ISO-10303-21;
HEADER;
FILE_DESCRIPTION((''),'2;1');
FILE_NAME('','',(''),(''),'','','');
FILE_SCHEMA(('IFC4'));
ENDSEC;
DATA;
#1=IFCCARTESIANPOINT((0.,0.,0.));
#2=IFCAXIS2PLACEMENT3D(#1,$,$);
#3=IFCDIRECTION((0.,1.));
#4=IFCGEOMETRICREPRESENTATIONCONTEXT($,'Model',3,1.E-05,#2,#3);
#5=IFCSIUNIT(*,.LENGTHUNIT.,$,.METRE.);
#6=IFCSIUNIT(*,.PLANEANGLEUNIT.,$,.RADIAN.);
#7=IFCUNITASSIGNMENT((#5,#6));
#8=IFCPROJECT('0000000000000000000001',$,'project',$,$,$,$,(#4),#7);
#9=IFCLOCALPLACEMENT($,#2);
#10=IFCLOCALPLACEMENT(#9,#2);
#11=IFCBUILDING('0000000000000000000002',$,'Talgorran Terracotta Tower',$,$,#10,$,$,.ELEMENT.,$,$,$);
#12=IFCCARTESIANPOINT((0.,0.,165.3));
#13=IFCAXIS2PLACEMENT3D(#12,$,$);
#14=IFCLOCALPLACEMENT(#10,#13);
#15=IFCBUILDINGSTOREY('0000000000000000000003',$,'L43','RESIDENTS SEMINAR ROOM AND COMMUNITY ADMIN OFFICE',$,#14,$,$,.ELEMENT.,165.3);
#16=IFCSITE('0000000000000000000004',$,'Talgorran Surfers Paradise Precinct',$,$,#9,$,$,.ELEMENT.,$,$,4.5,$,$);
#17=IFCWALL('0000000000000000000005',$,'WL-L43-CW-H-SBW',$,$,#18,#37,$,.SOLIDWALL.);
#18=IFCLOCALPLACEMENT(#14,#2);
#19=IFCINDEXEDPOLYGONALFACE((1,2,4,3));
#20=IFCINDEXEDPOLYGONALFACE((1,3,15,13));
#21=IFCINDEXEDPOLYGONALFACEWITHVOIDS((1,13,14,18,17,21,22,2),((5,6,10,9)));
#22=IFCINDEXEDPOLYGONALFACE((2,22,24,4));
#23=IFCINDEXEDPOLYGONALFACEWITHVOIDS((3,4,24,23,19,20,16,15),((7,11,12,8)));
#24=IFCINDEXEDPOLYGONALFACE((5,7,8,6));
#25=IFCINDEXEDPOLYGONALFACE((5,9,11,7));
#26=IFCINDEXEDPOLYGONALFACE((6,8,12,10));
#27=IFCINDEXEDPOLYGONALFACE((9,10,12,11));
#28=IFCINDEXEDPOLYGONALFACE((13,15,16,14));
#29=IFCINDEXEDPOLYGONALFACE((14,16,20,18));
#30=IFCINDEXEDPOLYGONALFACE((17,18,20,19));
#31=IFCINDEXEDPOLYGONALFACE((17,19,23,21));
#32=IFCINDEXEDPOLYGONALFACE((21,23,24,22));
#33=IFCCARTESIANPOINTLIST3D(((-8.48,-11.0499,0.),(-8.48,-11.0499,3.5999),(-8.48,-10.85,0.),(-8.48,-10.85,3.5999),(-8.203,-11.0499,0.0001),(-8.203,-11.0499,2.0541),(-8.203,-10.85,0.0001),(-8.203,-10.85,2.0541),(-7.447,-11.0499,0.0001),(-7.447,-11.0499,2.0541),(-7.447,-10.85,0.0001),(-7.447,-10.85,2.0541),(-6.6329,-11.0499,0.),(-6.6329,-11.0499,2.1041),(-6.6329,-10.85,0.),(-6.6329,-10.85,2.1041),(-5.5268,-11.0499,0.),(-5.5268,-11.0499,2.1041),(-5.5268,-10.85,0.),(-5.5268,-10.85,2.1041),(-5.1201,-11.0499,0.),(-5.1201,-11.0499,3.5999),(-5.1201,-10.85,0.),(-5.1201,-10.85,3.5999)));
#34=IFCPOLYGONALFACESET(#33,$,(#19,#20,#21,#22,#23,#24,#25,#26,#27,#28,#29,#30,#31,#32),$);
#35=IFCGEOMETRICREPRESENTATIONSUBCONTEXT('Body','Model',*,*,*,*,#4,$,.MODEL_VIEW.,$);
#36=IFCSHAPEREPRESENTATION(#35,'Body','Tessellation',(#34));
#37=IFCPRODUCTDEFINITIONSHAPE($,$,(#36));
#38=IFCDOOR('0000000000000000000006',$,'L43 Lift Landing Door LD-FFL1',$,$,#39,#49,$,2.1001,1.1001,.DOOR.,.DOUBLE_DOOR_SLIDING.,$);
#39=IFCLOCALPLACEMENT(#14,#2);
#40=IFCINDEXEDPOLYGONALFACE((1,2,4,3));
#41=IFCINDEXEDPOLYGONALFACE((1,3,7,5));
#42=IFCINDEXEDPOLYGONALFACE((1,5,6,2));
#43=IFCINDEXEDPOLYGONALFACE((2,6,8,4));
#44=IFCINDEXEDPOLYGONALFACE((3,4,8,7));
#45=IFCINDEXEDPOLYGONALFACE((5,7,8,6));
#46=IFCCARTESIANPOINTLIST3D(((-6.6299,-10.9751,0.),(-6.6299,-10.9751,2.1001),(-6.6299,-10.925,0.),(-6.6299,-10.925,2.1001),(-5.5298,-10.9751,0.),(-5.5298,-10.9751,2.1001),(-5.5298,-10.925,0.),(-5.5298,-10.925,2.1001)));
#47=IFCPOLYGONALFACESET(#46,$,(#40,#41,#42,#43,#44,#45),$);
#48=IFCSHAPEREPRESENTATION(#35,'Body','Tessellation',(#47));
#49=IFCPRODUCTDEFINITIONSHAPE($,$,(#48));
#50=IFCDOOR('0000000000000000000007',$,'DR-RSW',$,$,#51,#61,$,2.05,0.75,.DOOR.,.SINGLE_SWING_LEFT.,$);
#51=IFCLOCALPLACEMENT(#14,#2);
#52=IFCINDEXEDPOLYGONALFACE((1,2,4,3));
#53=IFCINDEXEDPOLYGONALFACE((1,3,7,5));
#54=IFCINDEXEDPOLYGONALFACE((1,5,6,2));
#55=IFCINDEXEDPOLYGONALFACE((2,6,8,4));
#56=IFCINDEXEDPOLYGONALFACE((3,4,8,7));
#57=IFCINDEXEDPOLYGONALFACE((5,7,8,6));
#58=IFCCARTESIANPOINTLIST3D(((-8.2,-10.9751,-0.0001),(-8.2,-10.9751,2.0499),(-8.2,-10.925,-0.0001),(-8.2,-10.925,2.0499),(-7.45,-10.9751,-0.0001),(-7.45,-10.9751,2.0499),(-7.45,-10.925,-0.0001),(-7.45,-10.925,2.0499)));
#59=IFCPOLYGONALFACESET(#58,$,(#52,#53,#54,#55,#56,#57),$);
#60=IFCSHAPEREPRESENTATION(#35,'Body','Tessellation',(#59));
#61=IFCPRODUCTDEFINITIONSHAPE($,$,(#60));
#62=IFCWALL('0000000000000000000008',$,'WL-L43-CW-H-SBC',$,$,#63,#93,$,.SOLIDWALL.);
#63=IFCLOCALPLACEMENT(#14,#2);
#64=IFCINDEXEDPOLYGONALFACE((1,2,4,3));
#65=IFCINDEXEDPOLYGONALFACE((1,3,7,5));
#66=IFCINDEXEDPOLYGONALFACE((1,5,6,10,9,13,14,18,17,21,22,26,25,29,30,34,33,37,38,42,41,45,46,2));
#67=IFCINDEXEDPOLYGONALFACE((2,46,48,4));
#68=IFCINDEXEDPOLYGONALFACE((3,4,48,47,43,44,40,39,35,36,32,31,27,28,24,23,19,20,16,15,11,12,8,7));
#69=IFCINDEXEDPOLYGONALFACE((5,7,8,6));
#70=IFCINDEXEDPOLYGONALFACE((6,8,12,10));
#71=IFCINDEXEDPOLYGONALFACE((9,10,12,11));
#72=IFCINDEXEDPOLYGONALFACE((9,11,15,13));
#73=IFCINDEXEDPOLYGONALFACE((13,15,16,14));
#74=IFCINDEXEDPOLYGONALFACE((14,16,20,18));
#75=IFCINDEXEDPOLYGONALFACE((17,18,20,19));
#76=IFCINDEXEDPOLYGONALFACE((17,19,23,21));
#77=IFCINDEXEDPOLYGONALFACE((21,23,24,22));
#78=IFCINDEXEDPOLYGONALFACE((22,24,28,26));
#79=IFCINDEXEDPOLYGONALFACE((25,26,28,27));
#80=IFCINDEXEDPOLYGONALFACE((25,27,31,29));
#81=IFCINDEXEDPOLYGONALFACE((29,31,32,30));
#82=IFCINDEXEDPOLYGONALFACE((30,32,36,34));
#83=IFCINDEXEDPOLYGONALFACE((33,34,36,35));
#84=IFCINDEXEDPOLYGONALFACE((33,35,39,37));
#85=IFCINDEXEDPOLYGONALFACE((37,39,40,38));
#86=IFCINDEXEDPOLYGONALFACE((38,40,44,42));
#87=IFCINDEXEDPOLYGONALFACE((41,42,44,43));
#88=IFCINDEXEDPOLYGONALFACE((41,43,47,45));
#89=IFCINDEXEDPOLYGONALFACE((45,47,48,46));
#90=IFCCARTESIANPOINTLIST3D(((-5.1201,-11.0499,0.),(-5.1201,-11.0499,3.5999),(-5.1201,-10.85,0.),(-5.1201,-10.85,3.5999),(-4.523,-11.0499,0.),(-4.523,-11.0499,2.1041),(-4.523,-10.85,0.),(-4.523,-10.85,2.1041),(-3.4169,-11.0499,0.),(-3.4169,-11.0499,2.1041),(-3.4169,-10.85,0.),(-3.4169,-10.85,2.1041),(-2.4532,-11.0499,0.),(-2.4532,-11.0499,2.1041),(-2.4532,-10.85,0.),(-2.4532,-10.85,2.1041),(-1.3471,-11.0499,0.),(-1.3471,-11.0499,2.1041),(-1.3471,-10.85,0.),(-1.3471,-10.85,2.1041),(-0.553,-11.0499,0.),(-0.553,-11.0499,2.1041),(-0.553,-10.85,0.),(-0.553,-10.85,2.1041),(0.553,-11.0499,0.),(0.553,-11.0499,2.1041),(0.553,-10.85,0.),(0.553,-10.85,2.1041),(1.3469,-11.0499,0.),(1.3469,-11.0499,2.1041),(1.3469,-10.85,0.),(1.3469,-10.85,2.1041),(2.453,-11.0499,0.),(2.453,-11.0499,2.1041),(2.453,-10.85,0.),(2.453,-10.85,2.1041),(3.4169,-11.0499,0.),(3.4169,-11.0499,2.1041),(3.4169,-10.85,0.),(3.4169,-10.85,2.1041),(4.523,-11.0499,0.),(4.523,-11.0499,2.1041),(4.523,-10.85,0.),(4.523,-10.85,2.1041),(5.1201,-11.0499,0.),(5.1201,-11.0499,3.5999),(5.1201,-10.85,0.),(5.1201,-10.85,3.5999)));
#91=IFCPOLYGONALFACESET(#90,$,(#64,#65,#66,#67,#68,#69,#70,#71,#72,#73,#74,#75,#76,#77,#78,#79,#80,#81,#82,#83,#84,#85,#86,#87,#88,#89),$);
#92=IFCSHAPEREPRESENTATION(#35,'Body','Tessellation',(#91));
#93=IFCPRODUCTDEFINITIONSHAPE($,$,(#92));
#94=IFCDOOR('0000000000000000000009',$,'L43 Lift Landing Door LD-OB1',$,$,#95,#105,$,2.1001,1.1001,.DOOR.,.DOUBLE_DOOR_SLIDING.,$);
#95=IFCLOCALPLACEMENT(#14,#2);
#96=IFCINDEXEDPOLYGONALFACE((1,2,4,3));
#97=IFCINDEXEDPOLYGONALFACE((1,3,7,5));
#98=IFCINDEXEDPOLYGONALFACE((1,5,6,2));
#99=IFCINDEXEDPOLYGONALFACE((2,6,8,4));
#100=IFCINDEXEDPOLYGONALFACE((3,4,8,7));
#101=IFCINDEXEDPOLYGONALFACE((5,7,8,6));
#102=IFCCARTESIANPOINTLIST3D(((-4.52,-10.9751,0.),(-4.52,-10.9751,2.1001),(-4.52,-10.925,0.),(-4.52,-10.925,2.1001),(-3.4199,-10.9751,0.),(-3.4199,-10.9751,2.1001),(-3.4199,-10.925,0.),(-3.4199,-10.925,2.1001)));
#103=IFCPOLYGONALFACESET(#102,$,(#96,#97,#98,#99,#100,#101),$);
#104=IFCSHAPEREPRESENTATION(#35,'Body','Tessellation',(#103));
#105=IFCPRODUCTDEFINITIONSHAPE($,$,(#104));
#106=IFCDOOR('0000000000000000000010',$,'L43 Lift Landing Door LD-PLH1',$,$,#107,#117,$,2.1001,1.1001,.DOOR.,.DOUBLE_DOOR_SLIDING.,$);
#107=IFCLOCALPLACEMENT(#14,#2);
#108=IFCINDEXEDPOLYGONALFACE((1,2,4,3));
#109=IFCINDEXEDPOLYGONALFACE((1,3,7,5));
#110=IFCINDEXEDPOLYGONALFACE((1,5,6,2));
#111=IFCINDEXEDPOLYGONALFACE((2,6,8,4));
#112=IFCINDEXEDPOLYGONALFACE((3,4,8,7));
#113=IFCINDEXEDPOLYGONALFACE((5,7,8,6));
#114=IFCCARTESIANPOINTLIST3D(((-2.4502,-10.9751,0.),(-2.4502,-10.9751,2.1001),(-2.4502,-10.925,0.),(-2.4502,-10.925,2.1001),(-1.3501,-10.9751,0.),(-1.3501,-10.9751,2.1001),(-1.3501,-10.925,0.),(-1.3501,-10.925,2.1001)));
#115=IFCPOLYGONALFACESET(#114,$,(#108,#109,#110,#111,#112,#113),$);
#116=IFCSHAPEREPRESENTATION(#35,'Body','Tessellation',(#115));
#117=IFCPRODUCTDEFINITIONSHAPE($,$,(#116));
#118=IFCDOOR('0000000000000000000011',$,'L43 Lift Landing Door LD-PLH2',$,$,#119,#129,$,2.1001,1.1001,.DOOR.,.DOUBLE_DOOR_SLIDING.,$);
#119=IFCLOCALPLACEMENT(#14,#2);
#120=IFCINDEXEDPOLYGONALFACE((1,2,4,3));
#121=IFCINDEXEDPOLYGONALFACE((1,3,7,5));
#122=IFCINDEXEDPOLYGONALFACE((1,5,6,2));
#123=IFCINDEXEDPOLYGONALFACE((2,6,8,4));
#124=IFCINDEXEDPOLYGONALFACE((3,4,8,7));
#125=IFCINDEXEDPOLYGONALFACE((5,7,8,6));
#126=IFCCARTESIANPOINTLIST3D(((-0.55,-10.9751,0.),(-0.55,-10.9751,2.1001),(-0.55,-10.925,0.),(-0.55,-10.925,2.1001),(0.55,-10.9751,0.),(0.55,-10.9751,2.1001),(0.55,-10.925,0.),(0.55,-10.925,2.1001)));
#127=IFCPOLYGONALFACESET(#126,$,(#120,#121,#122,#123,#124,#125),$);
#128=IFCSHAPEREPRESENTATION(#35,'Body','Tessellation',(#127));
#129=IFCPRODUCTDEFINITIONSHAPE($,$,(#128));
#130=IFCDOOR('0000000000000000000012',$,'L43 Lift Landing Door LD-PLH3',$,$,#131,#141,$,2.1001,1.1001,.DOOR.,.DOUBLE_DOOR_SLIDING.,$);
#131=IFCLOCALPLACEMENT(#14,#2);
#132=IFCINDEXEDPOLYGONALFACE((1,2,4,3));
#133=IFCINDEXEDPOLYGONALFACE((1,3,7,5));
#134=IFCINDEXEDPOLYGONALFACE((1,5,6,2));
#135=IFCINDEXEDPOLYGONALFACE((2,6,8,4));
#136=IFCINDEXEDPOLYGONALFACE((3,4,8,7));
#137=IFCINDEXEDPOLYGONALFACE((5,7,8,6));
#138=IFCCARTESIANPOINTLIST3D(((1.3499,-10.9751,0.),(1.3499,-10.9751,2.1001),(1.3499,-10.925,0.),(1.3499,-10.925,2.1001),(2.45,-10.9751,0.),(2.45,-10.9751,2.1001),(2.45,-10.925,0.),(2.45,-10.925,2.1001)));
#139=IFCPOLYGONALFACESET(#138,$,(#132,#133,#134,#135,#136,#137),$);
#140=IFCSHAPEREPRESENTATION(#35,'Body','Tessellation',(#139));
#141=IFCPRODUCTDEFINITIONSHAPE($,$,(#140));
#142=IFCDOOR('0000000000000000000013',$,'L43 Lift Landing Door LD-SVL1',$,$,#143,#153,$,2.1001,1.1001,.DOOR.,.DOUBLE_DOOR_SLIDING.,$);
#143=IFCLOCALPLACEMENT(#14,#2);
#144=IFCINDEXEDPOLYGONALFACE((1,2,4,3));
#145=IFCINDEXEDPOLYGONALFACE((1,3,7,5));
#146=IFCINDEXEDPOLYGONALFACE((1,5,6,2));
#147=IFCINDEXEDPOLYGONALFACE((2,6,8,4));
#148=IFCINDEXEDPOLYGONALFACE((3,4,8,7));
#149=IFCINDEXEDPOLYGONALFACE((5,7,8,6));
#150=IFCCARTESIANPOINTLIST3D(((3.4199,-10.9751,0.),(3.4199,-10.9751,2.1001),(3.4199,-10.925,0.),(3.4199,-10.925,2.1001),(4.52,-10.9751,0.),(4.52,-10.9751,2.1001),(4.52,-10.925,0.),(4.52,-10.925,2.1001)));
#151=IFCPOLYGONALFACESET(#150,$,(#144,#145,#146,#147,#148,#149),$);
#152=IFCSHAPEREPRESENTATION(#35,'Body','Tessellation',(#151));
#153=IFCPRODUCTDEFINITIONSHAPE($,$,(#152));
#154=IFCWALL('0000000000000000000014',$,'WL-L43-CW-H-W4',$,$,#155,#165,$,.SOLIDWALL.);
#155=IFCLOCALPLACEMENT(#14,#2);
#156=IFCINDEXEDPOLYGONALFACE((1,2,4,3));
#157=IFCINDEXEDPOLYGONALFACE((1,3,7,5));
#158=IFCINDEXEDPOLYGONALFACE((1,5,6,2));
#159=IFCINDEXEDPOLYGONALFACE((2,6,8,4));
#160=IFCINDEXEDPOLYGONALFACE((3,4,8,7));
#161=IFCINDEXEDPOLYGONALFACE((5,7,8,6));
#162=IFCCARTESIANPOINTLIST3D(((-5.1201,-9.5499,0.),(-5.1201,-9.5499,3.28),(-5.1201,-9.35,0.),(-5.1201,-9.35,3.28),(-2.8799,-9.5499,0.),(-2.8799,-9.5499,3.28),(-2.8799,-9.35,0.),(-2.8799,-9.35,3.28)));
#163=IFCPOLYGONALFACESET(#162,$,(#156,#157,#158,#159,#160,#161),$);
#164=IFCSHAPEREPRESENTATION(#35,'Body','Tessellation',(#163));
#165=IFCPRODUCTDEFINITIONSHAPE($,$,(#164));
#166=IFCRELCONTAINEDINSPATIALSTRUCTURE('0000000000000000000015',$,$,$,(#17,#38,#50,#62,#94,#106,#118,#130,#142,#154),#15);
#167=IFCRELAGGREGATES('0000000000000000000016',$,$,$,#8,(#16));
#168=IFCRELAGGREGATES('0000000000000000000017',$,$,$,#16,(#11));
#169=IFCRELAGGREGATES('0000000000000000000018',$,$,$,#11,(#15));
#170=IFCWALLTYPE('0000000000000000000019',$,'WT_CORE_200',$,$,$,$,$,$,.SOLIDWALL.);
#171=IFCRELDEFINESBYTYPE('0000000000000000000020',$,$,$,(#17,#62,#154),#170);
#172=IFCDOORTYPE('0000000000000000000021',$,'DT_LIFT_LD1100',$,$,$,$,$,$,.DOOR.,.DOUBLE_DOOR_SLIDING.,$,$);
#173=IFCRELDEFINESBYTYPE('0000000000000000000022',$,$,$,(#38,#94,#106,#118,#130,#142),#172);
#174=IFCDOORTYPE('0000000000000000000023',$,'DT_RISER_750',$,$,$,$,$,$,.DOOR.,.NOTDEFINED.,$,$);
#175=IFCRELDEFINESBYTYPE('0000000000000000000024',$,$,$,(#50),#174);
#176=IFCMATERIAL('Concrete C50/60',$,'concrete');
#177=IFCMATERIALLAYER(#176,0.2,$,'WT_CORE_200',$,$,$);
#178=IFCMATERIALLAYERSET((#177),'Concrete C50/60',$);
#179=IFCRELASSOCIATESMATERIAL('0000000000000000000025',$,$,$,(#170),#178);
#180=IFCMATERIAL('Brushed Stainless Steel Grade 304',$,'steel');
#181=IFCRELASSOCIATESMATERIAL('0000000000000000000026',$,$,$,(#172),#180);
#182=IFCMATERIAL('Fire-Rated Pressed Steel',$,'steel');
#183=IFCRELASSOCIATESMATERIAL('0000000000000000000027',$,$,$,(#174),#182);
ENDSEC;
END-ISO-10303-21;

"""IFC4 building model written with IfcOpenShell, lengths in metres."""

from ifc_helpers import new_model, si_unit, direction, frame, frame_2d, origin, place, context, subcontext, project, spatial, rectangle, extrude, material, layer, layer_set, type_object, element, fill, save


model = new_model("IFC4")

# Units and contexts
model_context = context("Model", 3, precision=1e-05, world=origin(), true_north=direction((0.0, 1.0)))
body_context = subcontext(model_context, "Body", "Model", "MODEL_VIEW")
ifc_project = project(units=[si_unit("LENGTHUNIT", "METRE"), si_unit("PLANEANGLEUNIT", "RADIAN")], contexts=[model_context])

# Site, building, storey
site_placement = place(None, origin())
site = spatial("IfcSite", under=ifc_project, at=site_placement, Name="Talgorran Surfers Paradise Precinct", CompositionType="ELEMENT", RefElevation=4.5)
building_placement = place(site_placement, origin())
building = spatial("IfcBuilding", under=site, at=building_placement, Name="Talgorran Terracotta Tower", CompositionType="ELEMENT")
storey_placement = place(building_placement, frame((0.0, 0.0, 165.3)))
storey = spatial("IfcBuildingStorey", under=building, at=storey_placement, Name="L43", Description="RESIDENTS SEMINAR ROOM AND COMMUNITY ADMIN OFFICE", CompositionType="ELEMENT", Elevation=165.3)

# Shared definitions
ifc_material_1 = material(Name="Concrete C50/60", Category="concrete")

# Walls, openings, doors
ifc_layer_1 = layer(ifc_material_1, 0.2, Name="WT_CORE_200")
ifc_layer_set_1 = layer_set([ifc_layer_1], Name="Concrete C50/60")
wall_type_1 = type_object("IfcWallType", Name="WT_CORE_200", PredefinedType="SOLIDWALL", material=ifc_layer_set_1)
wall_1_placement = place(storey_placement, frame((-8.48, -10.95, 0.0), z_axis=(0.0, 0.0, 1.0), x_axis=(1.0, 0.0, 0.0)))
wall_1 = element("IfcWall", 1, at=wall_1_placement, inside=storey, type_object=wall_type_1, Name="WL-L43-CW-H-SBW", PredefinedType="SOLIDWALL", context=body_context, shape_type="SweptSolid", body=[
    extrude(rectangle(XDim=3.3599, YDim=0.2, at=frame_2d((1.6799, 0.0))), origin(), (0.0, 0.0, 1.0), 3.5999),
])
opening_1_placement = place(wall_1_placement, frame((0.28, 0.0, 0.0)))
opening_1 = element("IfcOpeningElement", 2, at=opening_1_placement, cuts=wall_1, PredefinedType="OPENING", context=body_context, shape_type="SweptSolid", body=[
    extrude(rectangle(XDim=0.756, YDim=2.054, at=frame_2d((0.375, 1.0271))), frame((0.0, 0.1099, 0.0), z_axis=(0.0, -1.0, 0.0), x_axis=(1.0, 0.0, 0.0)), (0.0, 0.0, 1.0), 0.22),
])
opening_2_placement = place(wall_1_placement, frame((1.8501, 0.0, 0.0)))
opening_2 = element("IfcOpeningElement", 3, at=opening_2_placement, cuts=wall_1, PredefinedType="OPENING", context=body_context, shape_type="SweptSolid", body=[
    extrude(rectangle(XDim=1.1061, YDim=2.1041, at=frame_2d((0.55, 1.052))), frame((0.0, 0.1099, 0.0), z_axis=(0.0, -1.0, 0.0), x_axis=(1.0, 0.0, 0.0)), (0.0, 0.0, 1.0), 0.22),
])
ifc_material_2 = material(Name="Brushed Stainless Steel Grade 304", Category="steel")
door_type_1 = type_object("IfcDoorType", Name="DT_LIFT_LD1100", OperationType="DOUBLE_DOOR_SLIDING", PredefinedType="DOOR", material=ifc_material_2)
door_1_placement = place(opening_2_placement, origin())
door_1 = element("IfcDoor", 4, at=door_1_placement, inside=storey, type_object=door_type_1, Name="L43 Lift Landing Door LD-FFL1", OperationType="DOUBLE_DOOR_SLIDING", OverallHeight=2.1001, OverallWidth=1.1001, PredefinedType="DOOR", context=body_context, shape_type="SweptSolid", body=[
    extrude(rectangle(XDim=1.1001, YDim=2.1001, at=frame_2d((0.55, 1.05))), frame((0.0, 0.0249, 0.0), z_axis=(0.0, -1.0, 0.0), x_axis=(1.0, 0.0, 0.0)), (0.0, 0.0, 1.0), 0.05),
])
fill(opening_2, door_1)
ifc_material_3 = material(Name="Fire-Rated Pressed Steel", Category="steel")
door_type_2 = type_object("IfcDoorType", Name="DT_RISER_750", OperationType="NOTDEFINED", PredefinedType="DOOR", material=ifc_material_3)
door_2_placement = place(opening_1_placement, origin())
door_2 = element("IfcDoor", 5, at=door_2_placement, inside=storey, type_object=door_type_2, Name="DR-RSW", OperationType="SINGLE_SWING_LEFT", OverallHeight=2.05, OverallWidth=0.75, PredefinedType="DOOR", context=body_context, shape_type="SweptSolid", body=[
    extrude(rectangle(XDim=0.75, YDim=2.05, at=frame_2d((0.375, 1.0249))), frame((0.0, 0.0249, 0.0), z_axis=(0.0, -1.0, 0.0), x_axis=(1.0, 0.0, 0.0)), (0.0, 0.0, 1.0), 0.05),
])
fill(opening_1, door_2)
wall_2_placement = place(storey_placement, frame((-5.1201, -10.95, 0.0), z_axis=(0.0, 0.0, 1.0), x_axis=(1.0, 0.0, 0.0)))
wall_2 = element("IfcWall", 6, at=wall_2_placement, inside=storey, type_object=wall_type_1, Name="WL-L43-CW-H-SBC", PredefinedType="SOLIDWALL", context=body_context, shape_type="SweptSolid", body=[
    extrude(rectangle(XDim=10.2402, YDim=0.2, at=frame_2d((5.1201, 0.0))), origin(), (0.0, 0.0, 1.0), 3.5999),
])
opening_3_placement = place(wall_2_placement, frame((0.6001, 0.0, 0.0)))
opening_3 = element("IfcOpeningElement", 7, at=opening_3_placement, cuts=wall_2, PredefinedType="OPENING", context=body_context, shape_type="SweptSolid", body=[
    extrude(rectangle(XDim=1.1061, YDim=2.1041, at=frame_2d((0.55, 1.052))), frame((0.0, 0.1099, 0.0), z_axis=(0.0, -1.0, 0.0), x_axis=(1.0, 0.0, 0.0)), (0.0, 0.0, 1.0), 0.22),
])
opening_4_placement = place(wall_2_placement, frame((2.6699, 0.0, 0.0)))
opening_4 = element("IfcOpeningElement", 8, at=opening_4_placement, cuts=wall_2, PredefinedType="OPENING", context=body_context, shape_type="SweptSolid", body=[
    extrude(rectangle(XDim=1.1061, YDim=2.1041, at=frame_2d((0.55, 1.052))), frame((0.0, 0.1099, 0.0), z_axis=(0.0, -1.0, 0.0), x_axis=(1.0, 0.0, 0.0)), (0.0, 0.0, 1.0), 0.22),
])
opening_5_placement = place(wall_2_placement, frame((4.5701, 0.0, 0.0)))
opening_5 = element("IfcOpeningElement", 9, at=opening_5_placement, cuts=wall_2, PredefinedType="OPENING", context=body_context, shape_type="SweptSolid", body=[
    extrude(rectangle(XDim=1.1061, YDim=2.1041, at=frame_2d((0.55, 1.052))), frame((0.0, 0.1099, 0.0), z_axis=(0.0, -1.0, 0.0), x_axis=(1.0, 0.0, 0.0)), (0.0, 0.0, 1.0), 0.22),
])
opening_6_placement = place(wall_2_placement, frame((6.47, 0.0, 0.0)))
opening_6 = element("IfcOpeningElement", 10, at=opening_6_placement, cuts=wall_2, PredefinedType="OPENING", context=body_context, shape_type="SweptSolid", body=[
    extrude(rectangle(XDim=1.1061, YDim=2.1041, at=frame_2d((0.55, 1.052))), frame((0.0, 0.1099, 0.0), z_axis=(0.0, -1.0, 0.0), x_axis=(1.0, 0.0, 0.0)), (0.0, 0.0, 1.0), 0.22),
])
opening_7_placement = place(wall_2_placement, frame((8.54, 0.0, 0.0)))
opening_7 = element("IfcOpeningElement", 11, at=opening_7_placement, cuts=wall_2, PredefinedType="OPENING", context=body_context, shape_type="SweptSolid", body=[
    extrude(rectangle(XDim=1.1061, YDim=2.1041, at=frame_2d((0.55, 1.052))), frame((0.0, 0.1099, 0.0), z_axis=(0.0, -1.0, 0.0), x_axis=(1.0, 0.0, 0.0)), (0.0, 0.0, 1.0), 0.22),
])
door_3_placement = place(opening_3_placement, origin())
door_3 = element("IfcDoor", 12, at=door_3_placement, inside=storey, type_object=door_type_1, Name="L43 Lift Landing Door LD-OB1", OperationType="DOUBLE_DOOR_SLIDING", OverallHeight=2.1001, OverallWidth=1.1001, PredefinedType="DOOR", context=body_context, shape_type="SweptSolid", body=[
    extrude(rectangle(XDim=1.1001, YDim=2.1001, at=frame_2d((0.55, 1.05))), frame((0.0, 0.0249, 0.0), z_axis=(0.0, -1.0, 0.0), x_axis=(1.0, 0.0, 0.0)), (0.0, 0.0, 1.0), 0.05),
])
fill(opening_3, door_3)
door_4_placement = place(opening_4_placement, origin())
door_4 = element("IfcDoor", 13, at=door_4_placement, inside=storey, type_object=door_type_1, Name="L43 Lift Landing Door LD-PLH1", OperationType="DOUBLE_DOOR_SLIDING", OverallHeight=2.1001, OverallWidth=1.1001, PredefinedType="DOOR", context=body_context, shape_type="SweptSolid", body=[
    extrude(rectangle(XDim=1.1001, YDim=2.1001, at=frame_2d((0.55, 1.05))), frame((0.0, 0.0249, 0.0), z_axis=(0.0, -1.0, 0.0), x_axis=(1.0, 0.0, 0.0)), (0.0, 0.0, 1.0), 0.05),
])
fill(opening_4, door_4)
door_5_placement = place(opening_5_placement, origin())
door_5 = element("IfcDoor", 14, at=door_5_placement, inside=storey, type_object=door_type_1, Name="L43 Lift Landing Door LD-PLH2", OperationType="DOUBLE_DOOR_SLIDING", OverallHeight=2.1001, OverallWidth=1.1001, PredefinedType="DOOR", context=body_context, shape_type="SweptSolid", body=[
    extrude(rectangle(XDim=1.1001, YDim=2.1001, at=frame_2d((0.55, 1.05))), frame((0.0, 0.0249, 0.0), z_axis=(0.0, -1.0, 0.0), x_axis=(1.0, 0.0, 0.0)), (0.0, 0.0, 1.0), 0.05),
])
fill(opening_5, door_5)
door_6_placement = place(opening_6_placement, origin())
door_6 = element("IfcDoor", 15, at=door_6_placement, inside=storey, type_object=door_type_1, Name="L43 Lift Landing Door LD-PLH3", OperationType="DOUBLE_DOOR_SLIDING", OverallHeight=2.1001, OverallWidth=1.1001, PredefinedType="DOOR", context=body_context, shape_type="SweptSolid", body=[
    extrude(rectangle(XDim=1.1001, YDim=2.1001, at=frame_2d((0.55, 1.05))), frame((0.0, 0.0249, 0.0), z_axis=(0.0, -1.0, 0.0), x_axis=(1.0, 0.0, 0.0)), (0.0, 0.0, 1.0), 0.05),
])
fill(opening_6, door_6)
door_7_placement = place(opening_7_placement, origin())
door_7 = element("IfcDoor", 16, at=door_7_placement, inside=storey, type_object=door_type_1, Name="L43 Lift Landing Door LD-SVL1", OperationType="DOUBLE_DOOR_SLIDING", OverallHeight=2.1001, OverallWidth=1.1001, PredefinedType="DOOR", context=body_context, shape_type="SweptSolid", body=[
    extrude(rectangle(XDim=1.1001, YDim=2.1001, at=frame_2d((0.55, 1.05))), frame((0.0, 0.0249, 0.0), z_axis=(0.0, -1.0, 0.0), x_axis=(1.0, 0.0, 0.0)), (0.0, 0.0, 1.0), 0.05),
])
fill(opening_7, door_7)

# Wall
wall_3_placement = place(storey_placement, frame((-5.1201, -9.45, 0.0), z_axis=(0.0, 0.0, 1.0), x_axis=(1.0, 0.0, 0.0)))
element("IfcWall", 17, at=wall_3_placement, inside=storey, type_object=wall_type_1, Name="WL-L43-CW-H-W4", PredefinedType="SOLIDWALL", context=body_context, shape_type="SweptSolid", body=[
    extrude(rectangle(XDim=2.2402, YDim=0.2, at=frame_2d((1.1201, 0.0))), origin(), (0.0, 0.0, 1.0), 3.28),
])

save(model, "model.ifc")
